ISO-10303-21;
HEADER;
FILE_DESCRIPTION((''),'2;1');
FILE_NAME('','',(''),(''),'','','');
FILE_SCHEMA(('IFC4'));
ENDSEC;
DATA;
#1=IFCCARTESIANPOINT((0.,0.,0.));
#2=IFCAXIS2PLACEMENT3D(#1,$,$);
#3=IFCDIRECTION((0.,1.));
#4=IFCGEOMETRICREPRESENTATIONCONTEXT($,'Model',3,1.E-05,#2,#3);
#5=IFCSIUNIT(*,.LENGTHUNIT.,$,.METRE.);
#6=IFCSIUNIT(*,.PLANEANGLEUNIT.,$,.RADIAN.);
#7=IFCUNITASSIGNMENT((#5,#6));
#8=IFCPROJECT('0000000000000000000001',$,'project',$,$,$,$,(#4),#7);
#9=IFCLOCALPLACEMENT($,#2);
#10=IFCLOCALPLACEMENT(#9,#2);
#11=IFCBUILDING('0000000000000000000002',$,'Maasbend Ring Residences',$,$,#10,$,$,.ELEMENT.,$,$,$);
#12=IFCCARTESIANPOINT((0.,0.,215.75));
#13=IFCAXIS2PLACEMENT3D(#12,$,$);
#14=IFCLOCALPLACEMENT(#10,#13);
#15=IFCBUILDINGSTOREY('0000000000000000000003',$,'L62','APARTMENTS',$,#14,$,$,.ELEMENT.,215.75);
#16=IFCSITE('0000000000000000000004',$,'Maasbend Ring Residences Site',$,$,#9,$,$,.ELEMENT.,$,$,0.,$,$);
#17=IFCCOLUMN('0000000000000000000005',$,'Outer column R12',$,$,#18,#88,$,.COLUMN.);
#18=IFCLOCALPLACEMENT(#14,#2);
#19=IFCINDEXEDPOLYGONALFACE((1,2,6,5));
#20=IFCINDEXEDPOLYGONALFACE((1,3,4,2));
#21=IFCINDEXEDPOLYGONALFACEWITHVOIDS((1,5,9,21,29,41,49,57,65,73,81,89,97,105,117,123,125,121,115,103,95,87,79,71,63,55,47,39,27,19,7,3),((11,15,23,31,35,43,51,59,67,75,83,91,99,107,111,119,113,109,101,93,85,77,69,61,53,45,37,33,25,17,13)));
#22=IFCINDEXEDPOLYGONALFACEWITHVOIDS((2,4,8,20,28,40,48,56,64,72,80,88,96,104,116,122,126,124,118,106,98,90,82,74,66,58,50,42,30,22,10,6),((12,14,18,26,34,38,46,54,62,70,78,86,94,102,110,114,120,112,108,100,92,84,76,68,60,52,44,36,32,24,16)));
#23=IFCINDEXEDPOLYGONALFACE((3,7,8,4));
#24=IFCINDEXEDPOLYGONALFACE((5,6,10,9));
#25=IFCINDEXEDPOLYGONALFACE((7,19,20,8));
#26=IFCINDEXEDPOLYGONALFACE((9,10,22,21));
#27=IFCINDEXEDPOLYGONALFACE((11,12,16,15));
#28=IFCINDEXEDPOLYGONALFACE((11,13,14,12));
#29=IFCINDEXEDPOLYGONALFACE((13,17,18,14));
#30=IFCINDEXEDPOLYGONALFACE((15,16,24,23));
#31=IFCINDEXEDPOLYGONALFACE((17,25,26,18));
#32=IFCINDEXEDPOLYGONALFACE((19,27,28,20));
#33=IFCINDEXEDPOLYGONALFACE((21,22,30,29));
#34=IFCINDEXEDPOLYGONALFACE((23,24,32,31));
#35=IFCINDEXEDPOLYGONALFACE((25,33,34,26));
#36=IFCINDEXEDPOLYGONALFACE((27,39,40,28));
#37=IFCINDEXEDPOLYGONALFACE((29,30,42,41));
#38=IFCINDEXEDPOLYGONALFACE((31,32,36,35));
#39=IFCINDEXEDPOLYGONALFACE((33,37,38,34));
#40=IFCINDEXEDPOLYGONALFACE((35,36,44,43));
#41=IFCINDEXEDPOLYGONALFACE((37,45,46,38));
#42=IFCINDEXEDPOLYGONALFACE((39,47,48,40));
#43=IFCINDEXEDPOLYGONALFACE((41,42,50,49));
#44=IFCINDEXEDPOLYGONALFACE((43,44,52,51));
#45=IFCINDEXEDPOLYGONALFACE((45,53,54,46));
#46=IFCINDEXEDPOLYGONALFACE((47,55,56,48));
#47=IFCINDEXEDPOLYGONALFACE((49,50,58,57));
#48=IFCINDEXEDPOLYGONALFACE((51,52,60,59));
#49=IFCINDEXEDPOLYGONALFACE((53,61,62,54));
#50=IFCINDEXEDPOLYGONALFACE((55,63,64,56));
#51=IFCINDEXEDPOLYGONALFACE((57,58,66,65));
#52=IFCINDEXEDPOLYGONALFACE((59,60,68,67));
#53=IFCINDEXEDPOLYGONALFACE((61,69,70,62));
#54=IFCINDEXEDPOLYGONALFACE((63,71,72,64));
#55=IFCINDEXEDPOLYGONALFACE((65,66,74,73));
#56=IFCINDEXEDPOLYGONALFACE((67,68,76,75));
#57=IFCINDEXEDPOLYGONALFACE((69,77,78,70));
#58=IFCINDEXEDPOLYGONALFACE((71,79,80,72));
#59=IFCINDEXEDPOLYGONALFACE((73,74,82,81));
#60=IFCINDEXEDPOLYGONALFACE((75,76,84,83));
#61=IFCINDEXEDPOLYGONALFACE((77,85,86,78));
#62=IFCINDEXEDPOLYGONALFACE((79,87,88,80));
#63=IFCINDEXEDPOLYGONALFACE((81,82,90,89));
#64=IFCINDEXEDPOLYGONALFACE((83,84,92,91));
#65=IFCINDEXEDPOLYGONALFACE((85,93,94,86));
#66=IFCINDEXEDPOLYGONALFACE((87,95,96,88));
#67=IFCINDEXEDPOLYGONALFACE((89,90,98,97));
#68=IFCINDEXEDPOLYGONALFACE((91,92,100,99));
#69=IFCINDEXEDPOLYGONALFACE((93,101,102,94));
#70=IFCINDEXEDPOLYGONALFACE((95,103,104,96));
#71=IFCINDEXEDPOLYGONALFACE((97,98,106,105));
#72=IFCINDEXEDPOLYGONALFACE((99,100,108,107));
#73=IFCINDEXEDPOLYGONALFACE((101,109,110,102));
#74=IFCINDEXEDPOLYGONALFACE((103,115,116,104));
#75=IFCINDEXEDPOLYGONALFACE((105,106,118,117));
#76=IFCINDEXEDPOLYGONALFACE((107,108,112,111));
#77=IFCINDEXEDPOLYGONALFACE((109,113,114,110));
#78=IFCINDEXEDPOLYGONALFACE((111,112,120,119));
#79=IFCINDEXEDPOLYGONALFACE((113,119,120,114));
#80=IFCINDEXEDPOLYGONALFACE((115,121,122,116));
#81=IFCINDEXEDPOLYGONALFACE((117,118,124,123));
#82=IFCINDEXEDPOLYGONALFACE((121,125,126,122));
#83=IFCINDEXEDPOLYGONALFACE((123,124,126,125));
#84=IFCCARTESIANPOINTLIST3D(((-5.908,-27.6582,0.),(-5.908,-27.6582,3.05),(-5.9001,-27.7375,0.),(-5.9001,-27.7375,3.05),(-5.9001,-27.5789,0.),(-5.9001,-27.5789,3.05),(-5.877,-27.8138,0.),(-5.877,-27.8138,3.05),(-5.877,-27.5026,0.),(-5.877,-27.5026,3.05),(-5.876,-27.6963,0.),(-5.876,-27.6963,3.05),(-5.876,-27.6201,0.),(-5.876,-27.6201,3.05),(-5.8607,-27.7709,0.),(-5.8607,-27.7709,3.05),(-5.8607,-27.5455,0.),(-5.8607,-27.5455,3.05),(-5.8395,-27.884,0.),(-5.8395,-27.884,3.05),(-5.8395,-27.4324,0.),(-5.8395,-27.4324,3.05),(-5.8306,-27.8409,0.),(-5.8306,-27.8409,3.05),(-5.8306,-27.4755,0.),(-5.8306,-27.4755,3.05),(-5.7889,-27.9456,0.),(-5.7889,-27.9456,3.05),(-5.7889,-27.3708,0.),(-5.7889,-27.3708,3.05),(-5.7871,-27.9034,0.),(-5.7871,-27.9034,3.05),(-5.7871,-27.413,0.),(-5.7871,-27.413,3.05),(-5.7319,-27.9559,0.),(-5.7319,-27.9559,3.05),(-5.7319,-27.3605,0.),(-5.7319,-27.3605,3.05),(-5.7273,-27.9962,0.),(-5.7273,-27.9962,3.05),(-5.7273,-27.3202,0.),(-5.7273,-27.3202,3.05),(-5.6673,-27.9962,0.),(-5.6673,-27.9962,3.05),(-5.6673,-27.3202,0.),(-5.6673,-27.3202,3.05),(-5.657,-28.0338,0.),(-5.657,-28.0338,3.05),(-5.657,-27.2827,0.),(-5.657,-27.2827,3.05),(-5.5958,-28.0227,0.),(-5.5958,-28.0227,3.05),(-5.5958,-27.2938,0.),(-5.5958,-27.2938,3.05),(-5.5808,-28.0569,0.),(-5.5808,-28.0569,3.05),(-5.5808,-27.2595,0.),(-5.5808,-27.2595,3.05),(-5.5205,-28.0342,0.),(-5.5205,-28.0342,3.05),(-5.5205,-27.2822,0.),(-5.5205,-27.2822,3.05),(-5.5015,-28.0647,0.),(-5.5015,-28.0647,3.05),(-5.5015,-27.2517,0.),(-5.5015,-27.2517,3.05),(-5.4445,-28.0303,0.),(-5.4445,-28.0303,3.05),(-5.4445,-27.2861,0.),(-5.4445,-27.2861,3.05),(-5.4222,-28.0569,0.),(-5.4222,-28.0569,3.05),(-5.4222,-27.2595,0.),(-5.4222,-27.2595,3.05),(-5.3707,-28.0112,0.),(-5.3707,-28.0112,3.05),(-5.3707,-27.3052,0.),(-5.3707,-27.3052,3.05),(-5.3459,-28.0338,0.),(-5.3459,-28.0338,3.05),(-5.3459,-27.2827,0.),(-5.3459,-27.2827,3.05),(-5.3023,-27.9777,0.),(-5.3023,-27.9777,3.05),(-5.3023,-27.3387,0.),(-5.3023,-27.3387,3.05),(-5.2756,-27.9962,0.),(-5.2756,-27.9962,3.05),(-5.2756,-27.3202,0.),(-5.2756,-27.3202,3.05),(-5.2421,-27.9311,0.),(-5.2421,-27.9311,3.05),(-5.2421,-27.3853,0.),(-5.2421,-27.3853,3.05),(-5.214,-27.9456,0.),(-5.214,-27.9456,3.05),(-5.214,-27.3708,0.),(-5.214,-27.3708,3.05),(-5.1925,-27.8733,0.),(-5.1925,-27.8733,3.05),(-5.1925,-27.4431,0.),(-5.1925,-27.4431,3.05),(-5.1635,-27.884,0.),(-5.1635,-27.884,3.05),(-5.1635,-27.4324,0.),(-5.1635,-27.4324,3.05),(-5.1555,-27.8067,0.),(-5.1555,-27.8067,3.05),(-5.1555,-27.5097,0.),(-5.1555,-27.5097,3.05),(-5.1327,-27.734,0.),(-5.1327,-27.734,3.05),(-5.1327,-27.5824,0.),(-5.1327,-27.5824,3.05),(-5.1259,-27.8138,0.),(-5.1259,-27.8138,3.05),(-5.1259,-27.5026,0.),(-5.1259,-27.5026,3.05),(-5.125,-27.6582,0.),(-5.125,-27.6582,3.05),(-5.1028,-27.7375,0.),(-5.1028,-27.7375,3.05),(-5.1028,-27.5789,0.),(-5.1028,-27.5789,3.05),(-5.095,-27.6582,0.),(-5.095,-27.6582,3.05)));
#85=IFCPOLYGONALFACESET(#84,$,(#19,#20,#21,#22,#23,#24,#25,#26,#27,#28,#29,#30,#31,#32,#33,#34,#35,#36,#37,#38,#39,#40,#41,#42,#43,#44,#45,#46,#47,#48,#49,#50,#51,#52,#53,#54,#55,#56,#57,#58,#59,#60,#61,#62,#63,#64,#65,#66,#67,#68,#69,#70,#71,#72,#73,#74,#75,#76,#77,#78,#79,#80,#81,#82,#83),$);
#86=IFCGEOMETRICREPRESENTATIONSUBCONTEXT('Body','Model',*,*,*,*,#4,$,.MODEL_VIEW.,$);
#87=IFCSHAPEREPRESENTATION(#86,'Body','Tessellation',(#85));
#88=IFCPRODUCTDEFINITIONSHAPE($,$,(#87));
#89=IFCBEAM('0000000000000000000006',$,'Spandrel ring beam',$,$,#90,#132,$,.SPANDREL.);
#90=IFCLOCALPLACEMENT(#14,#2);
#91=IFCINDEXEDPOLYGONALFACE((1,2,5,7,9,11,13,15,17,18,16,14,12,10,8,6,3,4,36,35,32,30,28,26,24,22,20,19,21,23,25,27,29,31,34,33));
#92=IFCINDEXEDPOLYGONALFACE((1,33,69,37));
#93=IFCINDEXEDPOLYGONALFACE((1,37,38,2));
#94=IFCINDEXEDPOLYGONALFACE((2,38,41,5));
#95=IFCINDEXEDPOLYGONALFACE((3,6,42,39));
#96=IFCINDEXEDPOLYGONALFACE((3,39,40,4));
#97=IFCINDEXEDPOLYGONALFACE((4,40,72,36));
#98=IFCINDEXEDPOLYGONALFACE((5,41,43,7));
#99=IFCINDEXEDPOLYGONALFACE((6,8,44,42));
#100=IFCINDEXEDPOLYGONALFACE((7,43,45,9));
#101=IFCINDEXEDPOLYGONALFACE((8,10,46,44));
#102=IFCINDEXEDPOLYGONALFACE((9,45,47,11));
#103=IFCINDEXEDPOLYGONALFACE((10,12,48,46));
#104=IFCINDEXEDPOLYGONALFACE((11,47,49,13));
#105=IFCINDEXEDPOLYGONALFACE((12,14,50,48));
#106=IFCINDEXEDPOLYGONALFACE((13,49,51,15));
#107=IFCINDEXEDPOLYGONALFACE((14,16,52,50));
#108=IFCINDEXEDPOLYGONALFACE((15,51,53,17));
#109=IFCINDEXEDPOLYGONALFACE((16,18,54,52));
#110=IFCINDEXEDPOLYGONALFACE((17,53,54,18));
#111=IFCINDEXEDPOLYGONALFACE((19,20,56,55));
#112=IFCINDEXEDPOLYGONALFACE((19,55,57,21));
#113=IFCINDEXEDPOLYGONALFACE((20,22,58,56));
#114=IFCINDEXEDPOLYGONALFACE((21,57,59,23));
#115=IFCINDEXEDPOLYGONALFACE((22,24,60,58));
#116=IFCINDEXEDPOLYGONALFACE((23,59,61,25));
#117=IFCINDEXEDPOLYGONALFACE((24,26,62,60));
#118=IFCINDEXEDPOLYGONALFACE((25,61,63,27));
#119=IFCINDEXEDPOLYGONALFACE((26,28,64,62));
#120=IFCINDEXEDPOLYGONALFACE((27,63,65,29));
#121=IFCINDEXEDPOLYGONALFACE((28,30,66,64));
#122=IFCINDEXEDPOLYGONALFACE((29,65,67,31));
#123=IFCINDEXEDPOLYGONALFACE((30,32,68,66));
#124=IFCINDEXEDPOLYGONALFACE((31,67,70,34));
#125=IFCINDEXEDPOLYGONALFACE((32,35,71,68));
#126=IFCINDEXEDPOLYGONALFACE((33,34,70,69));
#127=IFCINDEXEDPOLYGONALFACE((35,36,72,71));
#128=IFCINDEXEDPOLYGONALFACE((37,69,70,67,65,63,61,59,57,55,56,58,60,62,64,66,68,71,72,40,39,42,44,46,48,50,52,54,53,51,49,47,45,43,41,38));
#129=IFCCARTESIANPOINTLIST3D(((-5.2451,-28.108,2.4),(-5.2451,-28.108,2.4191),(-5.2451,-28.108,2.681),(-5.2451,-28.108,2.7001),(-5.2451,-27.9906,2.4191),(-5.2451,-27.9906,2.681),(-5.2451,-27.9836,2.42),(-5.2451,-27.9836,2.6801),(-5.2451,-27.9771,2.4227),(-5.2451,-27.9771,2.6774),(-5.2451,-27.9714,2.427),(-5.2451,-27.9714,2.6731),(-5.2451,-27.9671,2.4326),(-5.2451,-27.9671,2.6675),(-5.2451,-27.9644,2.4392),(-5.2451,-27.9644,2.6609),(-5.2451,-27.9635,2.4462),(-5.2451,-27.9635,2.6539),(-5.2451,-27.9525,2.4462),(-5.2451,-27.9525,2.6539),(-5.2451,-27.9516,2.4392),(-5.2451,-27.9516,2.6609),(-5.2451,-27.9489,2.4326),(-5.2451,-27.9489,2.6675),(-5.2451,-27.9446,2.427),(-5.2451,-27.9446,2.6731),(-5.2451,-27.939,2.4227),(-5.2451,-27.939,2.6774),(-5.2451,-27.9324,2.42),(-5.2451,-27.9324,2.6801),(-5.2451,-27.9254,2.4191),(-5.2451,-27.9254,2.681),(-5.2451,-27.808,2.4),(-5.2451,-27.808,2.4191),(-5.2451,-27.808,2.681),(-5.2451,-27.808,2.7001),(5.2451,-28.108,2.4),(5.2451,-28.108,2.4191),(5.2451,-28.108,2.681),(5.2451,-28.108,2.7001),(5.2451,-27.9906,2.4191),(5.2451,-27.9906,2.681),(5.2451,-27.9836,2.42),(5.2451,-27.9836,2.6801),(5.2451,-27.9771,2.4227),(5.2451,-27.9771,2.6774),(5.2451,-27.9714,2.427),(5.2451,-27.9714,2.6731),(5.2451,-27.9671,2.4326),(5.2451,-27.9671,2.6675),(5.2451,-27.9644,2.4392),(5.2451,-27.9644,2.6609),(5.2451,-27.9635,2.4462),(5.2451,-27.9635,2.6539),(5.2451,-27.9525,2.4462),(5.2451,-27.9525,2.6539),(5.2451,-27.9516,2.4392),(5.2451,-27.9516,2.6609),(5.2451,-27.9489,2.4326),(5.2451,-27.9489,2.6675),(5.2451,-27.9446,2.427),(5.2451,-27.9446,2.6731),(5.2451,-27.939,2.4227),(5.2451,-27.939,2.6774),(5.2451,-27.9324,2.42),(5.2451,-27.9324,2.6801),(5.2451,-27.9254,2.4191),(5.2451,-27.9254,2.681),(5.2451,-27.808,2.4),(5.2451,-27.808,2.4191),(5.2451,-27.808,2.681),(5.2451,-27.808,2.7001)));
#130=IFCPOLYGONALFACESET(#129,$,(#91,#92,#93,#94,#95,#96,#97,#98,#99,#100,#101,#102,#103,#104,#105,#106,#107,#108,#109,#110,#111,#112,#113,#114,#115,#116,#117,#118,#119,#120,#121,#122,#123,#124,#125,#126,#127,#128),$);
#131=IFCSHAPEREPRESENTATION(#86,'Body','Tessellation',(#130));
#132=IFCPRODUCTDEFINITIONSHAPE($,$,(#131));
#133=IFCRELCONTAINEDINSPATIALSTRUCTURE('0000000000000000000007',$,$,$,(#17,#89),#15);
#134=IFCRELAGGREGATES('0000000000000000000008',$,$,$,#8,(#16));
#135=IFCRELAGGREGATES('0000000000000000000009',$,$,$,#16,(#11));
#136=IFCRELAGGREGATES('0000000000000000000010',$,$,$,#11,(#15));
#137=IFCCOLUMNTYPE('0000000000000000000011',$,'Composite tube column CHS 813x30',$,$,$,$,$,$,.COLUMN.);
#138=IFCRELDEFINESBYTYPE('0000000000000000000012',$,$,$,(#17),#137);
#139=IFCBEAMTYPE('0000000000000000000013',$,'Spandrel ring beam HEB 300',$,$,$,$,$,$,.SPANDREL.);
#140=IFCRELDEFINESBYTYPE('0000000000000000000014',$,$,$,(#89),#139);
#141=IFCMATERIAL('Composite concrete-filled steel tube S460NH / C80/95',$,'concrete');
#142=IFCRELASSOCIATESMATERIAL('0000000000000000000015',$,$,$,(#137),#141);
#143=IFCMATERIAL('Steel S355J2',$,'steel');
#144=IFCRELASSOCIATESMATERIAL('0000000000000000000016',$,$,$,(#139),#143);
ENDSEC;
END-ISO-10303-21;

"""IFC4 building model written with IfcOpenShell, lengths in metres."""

from ifc_helpers import new_model, si_unit, direction, frame, origin, origin_2d, place, context, subcontext, project, spatial, hollow_circle, i_section, extrude, material, material_profile, profile_set, type_object, element, save


model = new_model("IFC4")

# Units and contexts
model_context = context("Model", 3, precision=1e-05, world=origin(), true_north=direction((0.0, 1.0)))
body_context = subcontext(model_context, "Body", "Model", "MODEL_VIEW")
ifc_project = project(units=[si_unit("LENGTHUNIT", "METRE"), si_unit("PLANEANGLEUNIT", "RADIAN")], contexts=[model_context])

# Site, building, storey
site_placement = place(None, origin())
site = spatial("IfcSite", under=ifc_project, at=site_placement, Name="Maasbend Ring Residences Site", CompositionType="ELEMENT", RefElevation=0.0)
building_placement = place(site_placement, origin())
building = spatial("IfcBuilding", under=site, at=building_placement, Name="Maasbend Ring Residences", CompositionType="ELEMENT")
storey_placement = place(building_placement, frame((0.0, 0.0, 215.75)))
storey = spatial("IfcBuildingStorey", under=building, at=storey_placement, Name="L62", Description="APARTMENTS", CompositionType="ELEMENT", Elevation=215.75)

# Column
ifc_material_1 = material(Name="Composite concrete-filled steel tube S460NH / C80/95", Category="concrete")
ifc_material_profile_1 = material_profile(ifc_material_1, hollow_circle(Radius=0.4065, WallThickness=0.03, at=origin_2d()), Name="Composite tube column CHS 813x30")
ifc_profile_set_1 = profile_set([ifc_material_profile_1], Name="Composite concrete-filled steel tube S460NH / C80/95")
column_type = type_object("IfcColumnType", Name="Composite tube column CHS 813x30", PredefinedType="COLUMN", material=ifc_profile_set_1)
column_placement = place(storey_placement, frame((-5.5015, -27.6582, 0.0), z_axis=(0.0, 0.0, 1.0), x_axis=(1.0, 0.0, 0.0)))
element("IfcColumn", 1, at=column_placement, inside=storey, type_object=column_type, Name="Outer column R12", PredefinedType="COLUMN", context=body_context, shape_type="SweptSolid", body=[
    extrude(hollow_circle(Radius=0.4065, WallThickness=0.03, at=origin_2d()), origin(), (0.0, 0.0, 1.0), 3.05),
])

# Beam
ifc_material_2 = material(Name="Steel S355J2", Category="steel")
ifc_material_profile_2 = material_profile(ifc_material_2, i_section(OverallWidth=0.3, OverallDepth=0.3, WebThickness=0.011, FlangeThickness=0.019, FilletRadius=0.0271, at=origin_2d()), Name="HEB 300")
ifc_profile_set_2 = profile_set([ifc_material_profile_2], Name="Steel S355J2")
beam_type = type_object("IfcBeamType", Name="Spandrel ring beam HEB 300", PredefinedType="SPANDREL", material=ifc_profile_set_2)
beam_placement = place(storey_placement, frame((-5.2451, -27.958, 2.55), z_axis=(1.0, 0.0, 0.0), x_axis=(0.0, 1.0, 0.0)))
element("IfcBeam", 2, at=beam_placement, inside=storey, type_object=beam_type, Name="Spandrel ring beam", PredefinedType="SPANDREL", context=body_context, shape_type="SweptSolid", body=[
    extrude(i_section(OverallWidth=0.3, OverallDepth=0.3, WebThickness=0.011, FlangeThickness=0.019, FilletRadius=0.0271, at=origin_2d()), origin(), (0.0, 0.0, 1.0), 10.4902),
])

save(model, "model.ifc")
